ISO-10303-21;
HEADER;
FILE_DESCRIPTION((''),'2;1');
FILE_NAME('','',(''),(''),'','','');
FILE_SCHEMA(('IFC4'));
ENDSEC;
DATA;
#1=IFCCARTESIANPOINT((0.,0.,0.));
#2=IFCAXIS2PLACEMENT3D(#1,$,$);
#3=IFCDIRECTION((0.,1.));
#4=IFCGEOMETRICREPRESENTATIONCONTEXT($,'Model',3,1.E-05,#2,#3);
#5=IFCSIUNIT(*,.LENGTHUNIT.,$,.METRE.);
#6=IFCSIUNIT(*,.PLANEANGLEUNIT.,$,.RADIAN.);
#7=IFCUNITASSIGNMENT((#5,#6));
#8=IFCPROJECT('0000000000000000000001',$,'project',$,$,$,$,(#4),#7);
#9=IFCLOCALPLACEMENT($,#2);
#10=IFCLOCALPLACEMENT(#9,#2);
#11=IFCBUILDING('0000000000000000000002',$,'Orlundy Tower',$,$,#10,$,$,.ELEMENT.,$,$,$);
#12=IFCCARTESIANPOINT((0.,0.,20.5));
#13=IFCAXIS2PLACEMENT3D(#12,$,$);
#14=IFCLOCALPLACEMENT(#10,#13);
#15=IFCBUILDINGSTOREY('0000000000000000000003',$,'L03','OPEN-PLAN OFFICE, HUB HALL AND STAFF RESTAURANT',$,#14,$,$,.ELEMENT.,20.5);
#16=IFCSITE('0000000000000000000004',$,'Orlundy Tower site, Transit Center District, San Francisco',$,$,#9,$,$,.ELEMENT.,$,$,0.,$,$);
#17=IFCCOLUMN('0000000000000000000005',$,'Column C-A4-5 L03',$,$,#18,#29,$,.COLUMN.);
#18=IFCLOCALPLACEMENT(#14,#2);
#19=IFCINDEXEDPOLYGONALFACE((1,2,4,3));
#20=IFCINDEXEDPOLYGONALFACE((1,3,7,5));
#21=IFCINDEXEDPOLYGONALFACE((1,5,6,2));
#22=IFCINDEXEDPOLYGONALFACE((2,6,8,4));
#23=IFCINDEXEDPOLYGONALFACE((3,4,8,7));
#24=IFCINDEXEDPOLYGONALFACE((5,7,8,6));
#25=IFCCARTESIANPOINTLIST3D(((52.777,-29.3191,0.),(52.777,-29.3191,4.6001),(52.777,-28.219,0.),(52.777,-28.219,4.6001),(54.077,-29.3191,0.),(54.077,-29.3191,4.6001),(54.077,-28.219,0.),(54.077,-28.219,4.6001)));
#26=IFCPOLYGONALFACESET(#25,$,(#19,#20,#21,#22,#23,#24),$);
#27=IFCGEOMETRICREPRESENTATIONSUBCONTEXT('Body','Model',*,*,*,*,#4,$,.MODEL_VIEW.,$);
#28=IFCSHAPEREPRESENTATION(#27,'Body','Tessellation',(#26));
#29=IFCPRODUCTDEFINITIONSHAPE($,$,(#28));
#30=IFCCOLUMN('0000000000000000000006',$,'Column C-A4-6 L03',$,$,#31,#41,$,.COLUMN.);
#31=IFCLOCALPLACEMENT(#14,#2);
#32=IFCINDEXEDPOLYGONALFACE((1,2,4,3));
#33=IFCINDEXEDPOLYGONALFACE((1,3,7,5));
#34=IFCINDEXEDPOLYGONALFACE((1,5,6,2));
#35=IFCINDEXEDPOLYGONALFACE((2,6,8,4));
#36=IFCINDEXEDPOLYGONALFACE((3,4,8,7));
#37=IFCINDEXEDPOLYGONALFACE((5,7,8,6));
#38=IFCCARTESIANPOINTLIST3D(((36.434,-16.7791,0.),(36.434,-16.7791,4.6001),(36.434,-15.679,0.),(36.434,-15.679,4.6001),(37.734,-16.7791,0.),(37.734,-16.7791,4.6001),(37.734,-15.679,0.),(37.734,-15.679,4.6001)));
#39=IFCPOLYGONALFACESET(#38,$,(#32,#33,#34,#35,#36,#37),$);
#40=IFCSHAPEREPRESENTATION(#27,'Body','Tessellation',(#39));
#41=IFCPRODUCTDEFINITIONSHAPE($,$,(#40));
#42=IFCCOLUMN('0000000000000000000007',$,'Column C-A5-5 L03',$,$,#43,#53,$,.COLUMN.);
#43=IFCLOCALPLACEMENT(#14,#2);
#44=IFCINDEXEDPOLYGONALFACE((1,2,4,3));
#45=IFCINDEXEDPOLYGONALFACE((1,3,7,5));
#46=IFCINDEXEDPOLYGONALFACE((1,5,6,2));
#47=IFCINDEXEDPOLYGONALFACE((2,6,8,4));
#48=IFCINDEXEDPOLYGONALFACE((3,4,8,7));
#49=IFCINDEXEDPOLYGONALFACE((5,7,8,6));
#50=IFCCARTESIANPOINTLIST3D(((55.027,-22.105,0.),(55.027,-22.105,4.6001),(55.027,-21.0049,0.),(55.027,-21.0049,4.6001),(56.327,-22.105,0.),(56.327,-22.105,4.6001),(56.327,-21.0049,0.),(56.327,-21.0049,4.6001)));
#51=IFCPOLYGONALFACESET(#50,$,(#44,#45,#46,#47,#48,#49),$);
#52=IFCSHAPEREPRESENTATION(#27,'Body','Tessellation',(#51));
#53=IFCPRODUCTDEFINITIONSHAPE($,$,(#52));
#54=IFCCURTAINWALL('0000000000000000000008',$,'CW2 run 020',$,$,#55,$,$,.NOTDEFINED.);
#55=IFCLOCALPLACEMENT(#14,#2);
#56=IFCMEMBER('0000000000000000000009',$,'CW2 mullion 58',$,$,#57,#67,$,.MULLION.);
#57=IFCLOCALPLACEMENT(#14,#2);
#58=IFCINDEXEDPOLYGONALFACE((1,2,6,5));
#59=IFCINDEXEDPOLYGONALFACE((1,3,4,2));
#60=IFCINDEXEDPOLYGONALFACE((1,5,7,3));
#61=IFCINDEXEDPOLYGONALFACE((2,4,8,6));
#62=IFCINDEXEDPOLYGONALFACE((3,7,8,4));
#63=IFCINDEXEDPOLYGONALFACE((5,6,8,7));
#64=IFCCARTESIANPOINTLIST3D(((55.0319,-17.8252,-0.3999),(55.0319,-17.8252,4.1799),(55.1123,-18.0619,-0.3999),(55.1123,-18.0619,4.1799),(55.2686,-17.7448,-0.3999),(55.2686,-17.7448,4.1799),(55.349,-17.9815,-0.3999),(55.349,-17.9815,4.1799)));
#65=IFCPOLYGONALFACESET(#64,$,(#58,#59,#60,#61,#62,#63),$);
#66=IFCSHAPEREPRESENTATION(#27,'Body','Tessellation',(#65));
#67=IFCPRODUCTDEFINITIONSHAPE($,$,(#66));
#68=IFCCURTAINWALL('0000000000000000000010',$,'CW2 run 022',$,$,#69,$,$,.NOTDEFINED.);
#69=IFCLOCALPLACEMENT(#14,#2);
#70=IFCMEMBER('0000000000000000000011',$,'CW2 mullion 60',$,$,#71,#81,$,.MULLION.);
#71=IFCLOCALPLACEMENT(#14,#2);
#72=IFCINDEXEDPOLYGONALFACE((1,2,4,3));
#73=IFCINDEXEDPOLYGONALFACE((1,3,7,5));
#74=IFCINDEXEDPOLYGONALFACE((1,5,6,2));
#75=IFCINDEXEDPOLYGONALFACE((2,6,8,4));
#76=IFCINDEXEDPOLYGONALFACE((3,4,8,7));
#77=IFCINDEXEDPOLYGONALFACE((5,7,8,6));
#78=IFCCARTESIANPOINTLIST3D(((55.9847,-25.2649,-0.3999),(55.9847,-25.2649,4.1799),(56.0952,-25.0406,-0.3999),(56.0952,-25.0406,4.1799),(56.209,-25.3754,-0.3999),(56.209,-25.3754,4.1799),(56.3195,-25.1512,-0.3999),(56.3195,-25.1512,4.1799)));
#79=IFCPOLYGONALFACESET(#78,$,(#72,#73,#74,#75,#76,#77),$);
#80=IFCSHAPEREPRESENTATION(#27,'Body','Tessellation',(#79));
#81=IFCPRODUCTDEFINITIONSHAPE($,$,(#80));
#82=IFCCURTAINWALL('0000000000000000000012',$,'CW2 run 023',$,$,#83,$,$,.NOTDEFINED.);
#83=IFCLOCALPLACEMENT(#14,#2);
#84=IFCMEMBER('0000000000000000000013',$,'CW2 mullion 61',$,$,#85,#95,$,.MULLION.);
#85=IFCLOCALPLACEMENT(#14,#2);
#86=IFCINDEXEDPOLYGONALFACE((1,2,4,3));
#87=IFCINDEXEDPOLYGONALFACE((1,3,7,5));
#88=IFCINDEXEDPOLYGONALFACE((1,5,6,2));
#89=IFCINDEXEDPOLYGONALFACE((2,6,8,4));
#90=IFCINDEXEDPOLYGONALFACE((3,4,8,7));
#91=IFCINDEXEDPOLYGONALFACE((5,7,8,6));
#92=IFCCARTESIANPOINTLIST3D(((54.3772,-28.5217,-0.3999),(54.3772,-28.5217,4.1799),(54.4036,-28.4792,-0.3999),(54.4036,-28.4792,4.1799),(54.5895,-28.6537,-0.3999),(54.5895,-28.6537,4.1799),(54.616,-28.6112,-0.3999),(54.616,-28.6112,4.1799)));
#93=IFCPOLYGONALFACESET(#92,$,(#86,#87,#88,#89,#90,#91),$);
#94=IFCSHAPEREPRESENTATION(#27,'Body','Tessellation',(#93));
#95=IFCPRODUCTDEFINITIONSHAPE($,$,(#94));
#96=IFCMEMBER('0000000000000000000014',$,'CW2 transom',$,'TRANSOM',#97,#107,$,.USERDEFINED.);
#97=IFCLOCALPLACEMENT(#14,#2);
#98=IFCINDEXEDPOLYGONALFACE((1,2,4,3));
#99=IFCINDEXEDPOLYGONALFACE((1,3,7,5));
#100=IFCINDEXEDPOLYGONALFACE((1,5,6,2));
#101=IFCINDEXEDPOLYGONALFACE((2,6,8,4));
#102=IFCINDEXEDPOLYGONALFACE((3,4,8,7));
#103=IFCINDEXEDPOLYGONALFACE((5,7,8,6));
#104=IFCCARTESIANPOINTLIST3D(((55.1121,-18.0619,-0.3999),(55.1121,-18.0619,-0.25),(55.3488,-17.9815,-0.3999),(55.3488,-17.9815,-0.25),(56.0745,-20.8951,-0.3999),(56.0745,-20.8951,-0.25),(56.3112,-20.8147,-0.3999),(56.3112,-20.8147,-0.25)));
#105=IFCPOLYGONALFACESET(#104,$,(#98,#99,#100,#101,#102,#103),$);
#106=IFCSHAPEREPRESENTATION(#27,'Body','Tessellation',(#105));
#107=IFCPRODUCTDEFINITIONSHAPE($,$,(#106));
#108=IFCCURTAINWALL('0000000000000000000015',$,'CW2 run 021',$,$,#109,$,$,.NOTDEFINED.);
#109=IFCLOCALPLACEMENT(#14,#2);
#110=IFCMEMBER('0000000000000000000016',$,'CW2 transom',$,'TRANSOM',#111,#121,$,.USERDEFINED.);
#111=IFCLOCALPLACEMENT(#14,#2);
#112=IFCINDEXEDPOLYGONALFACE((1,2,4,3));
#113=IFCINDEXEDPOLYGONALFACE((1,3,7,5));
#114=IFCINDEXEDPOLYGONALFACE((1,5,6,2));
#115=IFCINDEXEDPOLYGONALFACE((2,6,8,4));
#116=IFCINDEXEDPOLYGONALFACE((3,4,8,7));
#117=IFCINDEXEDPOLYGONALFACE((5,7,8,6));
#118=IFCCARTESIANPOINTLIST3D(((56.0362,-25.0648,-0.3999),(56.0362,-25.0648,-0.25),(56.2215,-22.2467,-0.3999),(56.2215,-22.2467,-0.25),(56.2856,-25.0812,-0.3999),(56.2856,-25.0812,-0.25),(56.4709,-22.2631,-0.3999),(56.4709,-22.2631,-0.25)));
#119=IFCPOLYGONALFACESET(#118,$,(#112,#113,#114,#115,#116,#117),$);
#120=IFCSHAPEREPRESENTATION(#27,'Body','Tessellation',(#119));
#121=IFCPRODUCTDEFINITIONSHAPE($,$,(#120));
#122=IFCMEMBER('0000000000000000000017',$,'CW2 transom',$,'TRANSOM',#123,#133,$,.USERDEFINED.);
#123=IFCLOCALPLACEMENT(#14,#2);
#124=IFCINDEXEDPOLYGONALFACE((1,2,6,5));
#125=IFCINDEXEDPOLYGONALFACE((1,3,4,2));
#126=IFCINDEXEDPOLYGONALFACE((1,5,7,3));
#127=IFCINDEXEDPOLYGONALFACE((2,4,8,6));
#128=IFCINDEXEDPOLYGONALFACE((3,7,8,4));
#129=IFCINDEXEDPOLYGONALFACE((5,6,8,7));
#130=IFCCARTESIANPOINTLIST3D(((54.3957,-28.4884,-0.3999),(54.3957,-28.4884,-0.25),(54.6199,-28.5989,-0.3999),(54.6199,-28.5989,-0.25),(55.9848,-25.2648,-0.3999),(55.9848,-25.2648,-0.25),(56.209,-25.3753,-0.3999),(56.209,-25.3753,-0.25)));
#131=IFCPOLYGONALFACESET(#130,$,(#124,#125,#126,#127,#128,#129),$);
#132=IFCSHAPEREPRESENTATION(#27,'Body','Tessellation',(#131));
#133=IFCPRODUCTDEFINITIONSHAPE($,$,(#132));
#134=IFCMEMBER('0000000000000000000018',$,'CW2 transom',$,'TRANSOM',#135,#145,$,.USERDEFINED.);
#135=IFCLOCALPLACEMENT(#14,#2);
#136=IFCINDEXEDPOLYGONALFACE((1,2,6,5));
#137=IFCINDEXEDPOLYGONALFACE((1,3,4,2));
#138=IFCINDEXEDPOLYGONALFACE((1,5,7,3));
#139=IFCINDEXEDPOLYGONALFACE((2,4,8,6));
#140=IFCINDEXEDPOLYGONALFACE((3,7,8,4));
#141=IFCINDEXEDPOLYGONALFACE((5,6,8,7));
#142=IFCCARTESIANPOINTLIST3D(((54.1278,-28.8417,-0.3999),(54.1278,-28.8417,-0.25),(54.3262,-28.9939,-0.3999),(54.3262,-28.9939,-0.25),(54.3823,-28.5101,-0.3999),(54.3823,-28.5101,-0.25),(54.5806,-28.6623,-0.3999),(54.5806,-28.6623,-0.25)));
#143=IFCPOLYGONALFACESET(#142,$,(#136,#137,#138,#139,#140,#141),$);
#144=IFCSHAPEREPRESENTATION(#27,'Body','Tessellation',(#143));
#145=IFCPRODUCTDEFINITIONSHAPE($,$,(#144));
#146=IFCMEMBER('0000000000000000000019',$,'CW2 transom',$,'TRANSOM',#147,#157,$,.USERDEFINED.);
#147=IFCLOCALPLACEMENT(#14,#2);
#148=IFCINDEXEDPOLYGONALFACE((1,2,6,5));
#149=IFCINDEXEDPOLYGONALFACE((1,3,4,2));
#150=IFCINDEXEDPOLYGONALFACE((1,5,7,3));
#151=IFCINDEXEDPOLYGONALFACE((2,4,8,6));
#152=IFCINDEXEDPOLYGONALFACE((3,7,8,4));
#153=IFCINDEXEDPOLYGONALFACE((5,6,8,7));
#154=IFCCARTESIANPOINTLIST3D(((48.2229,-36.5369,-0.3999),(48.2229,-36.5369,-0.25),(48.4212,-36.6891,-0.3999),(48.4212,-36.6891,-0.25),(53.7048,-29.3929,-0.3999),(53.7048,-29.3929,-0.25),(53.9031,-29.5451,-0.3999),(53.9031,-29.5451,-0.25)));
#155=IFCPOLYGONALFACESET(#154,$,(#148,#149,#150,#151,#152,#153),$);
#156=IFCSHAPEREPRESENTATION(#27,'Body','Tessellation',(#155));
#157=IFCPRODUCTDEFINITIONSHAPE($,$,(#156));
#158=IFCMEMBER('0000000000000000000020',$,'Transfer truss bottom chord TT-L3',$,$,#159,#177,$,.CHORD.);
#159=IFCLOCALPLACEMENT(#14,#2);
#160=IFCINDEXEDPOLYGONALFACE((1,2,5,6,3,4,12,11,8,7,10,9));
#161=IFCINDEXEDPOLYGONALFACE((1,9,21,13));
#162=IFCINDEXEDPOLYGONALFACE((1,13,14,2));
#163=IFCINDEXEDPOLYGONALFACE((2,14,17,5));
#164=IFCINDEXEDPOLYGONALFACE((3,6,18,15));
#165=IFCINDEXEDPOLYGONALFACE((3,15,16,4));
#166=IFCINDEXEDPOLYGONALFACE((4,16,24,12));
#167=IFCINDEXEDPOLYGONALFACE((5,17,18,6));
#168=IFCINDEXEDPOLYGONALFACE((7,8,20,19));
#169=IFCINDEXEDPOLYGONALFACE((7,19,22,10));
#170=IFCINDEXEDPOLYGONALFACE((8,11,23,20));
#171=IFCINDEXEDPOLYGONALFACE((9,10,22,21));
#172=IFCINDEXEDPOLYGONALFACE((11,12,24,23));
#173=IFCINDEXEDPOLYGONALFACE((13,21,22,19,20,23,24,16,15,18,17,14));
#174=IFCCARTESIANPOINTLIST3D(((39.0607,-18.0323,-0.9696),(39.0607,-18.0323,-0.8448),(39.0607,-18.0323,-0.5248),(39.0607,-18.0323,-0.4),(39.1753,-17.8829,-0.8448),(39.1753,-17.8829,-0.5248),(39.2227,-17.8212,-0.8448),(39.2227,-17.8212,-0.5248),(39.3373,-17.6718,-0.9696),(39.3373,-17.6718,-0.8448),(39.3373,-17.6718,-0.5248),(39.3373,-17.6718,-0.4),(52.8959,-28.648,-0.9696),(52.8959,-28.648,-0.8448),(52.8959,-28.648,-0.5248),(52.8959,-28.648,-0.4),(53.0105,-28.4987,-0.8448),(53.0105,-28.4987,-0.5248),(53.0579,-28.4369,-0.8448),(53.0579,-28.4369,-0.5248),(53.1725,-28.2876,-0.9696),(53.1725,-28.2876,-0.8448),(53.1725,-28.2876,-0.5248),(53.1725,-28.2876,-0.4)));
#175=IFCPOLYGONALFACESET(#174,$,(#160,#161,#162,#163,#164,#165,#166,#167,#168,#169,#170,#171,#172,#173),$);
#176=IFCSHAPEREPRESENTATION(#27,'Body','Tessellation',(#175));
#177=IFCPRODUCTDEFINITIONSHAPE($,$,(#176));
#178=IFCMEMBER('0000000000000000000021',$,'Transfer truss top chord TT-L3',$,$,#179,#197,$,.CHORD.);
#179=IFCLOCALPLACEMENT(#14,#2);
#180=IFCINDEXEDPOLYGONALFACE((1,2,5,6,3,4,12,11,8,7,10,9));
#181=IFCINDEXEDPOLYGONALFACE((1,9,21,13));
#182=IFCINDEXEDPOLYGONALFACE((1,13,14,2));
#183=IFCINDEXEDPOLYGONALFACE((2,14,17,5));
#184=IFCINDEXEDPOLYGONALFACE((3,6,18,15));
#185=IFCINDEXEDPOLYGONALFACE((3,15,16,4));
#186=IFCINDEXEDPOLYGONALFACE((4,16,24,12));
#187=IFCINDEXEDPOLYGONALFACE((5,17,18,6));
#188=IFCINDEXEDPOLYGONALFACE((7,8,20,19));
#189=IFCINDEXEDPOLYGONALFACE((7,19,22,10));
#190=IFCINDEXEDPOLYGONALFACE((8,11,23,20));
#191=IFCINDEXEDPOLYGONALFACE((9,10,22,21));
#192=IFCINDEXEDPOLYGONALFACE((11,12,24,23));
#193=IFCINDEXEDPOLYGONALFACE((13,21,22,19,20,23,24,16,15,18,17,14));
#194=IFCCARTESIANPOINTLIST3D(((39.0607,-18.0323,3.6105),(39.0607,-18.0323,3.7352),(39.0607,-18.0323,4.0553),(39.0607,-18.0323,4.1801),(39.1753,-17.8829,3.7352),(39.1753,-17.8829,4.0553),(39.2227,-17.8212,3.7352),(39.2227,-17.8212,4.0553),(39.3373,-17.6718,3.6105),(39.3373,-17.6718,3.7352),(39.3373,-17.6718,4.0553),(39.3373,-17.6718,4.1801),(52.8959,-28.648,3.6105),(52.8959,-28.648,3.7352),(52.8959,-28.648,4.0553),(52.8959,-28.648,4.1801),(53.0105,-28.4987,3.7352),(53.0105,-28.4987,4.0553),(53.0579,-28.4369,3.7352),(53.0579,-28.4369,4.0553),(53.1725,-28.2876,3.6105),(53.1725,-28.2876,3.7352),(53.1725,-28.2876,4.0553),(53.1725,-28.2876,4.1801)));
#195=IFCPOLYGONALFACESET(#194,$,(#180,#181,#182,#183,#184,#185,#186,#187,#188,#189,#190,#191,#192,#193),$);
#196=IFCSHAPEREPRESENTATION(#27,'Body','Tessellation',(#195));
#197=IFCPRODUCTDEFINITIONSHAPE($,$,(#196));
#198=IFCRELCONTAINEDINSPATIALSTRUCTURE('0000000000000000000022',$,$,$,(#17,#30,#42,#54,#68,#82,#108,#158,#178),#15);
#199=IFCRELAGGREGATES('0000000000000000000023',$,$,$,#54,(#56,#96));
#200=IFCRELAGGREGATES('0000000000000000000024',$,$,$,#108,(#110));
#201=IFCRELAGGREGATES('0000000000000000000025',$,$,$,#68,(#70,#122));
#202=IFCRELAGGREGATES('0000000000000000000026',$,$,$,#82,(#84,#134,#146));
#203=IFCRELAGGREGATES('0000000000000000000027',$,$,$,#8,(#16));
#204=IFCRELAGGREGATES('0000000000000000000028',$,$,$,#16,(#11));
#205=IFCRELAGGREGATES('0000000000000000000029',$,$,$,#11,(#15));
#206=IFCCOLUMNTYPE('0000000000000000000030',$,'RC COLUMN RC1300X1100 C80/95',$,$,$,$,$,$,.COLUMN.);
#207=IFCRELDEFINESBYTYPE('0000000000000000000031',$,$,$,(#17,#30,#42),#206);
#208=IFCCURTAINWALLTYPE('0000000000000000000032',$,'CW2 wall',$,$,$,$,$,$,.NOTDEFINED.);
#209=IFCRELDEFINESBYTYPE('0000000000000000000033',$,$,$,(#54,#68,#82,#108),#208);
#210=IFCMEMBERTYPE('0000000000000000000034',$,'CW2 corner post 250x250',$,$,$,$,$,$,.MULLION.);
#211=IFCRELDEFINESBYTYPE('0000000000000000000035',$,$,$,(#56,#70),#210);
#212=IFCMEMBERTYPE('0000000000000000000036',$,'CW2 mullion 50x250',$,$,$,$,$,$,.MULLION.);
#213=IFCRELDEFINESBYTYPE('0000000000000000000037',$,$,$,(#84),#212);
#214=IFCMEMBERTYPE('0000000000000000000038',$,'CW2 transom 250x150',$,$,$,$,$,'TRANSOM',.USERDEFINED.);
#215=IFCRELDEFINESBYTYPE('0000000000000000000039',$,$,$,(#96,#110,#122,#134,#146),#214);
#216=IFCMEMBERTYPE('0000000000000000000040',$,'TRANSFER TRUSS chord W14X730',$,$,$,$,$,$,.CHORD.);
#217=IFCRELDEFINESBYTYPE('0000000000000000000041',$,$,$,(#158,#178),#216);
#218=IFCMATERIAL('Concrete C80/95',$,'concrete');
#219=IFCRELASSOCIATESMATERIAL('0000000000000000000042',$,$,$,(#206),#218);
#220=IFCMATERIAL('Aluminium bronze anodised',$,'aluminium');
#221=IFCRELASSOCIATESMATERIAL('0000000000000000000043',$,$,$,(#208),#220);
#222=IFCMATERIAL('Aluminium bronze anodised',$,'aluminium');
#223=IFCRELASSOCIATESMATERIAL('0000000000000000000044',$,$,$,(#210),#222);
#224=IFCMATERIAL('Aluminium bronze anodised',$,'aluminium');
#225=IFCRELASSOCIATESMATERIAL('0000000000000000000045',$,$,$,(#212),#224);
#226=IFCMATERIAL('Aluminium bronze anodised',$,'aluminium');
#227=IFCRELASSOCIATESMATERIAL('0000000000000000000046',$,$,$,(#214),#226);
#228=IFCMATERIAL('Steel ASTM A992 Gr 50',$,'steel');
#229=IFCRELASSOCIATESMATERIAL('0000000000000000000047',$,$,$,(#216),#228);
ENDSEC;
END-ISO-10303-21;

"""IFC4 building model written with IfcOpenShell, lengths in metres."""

from ifc_helpers import new_model, si_unit, direction, frame, origin, origin_2d, place, context, subcontext, project, spatial, rectangle, i_section, extrude, material, material_profile, profile_set, type_object, element, aggregate, save


model = new_model("IFC4")

# Units and contexts
model_context = context("Model", 3, precision=1e-05, world=origin(), true_north=direction((0.0, 1.0)))
body_context = subcontext(model_context, "Body", "Model", "MODEL_VIEW")
ifc_project = project(units=[si_unit("LENGTHUNIT", "METRE"), si_unit("PLANEANGLEUNIT", "RADIAN")], contexts=[model_context])

# Site, building, storey
site_placement = place(None, origin())
site = spatial("IfcSite", under=ifc_project, at=site_placement, Name="Orlundy Tower site, Transit Center District, San Francisco", CompositionType="ELEMENT", RefElevation=0.0)
building_placement = place(site_placement, origin())
building = spatial("IfcBuilding", under=site, at=building_placement, Name="Orlundy Tower", CompositionType="ELEMENT")
storey_placement = place(building_placement, frame((0.0, 0.0, 20.5)))
storey = spatial("IfcBuildingStorey", under=building, at=storey_placement, Name="L03", Description="OPEN-PLAN OFFICE, HUB HALL AND STAFF RESTAURANT", CompositionType="ELEMENT", Elevation=20.5)

# Columns
ifc_material_1 = material(Name="Concrete C80/95", Category="concrete")
ifc_material_profile_1 = material_profile(ifc_material_1, rectangle(XDim=1.3, YDim=1.1001, at=origin_2d()), Name="RC1300X1100")
ifc_profile_set_1 = profile_set([ifc_material_profile_1], Name="Concrete C80/95")
column_type = type_object("IfcColumnType", Name="RC COLUMN RC1300X1100 C80/95", PredefinedType="COLUMN", material=ifc_profile_set_1)
for number, where, z_axis, x_axis, name in (
    (1, (53.427, -28.769, 0.0), (0.0, 0.0, 1.0), (1.0, 0.0, 0.0), "Column C-A4-5 L03"),
    (2, (37.084, -16.229, 0.0), (0.0, 0.0, 1.0), (1.0, 0.0, 0.0), "Column C-A4-6 L03"),
    (3, (55.677, -21.5549, 0.0), (0.0, 0.0, 1.0), (1.0, 0.0, 0.0), "Column C-A5-5 L03"),
):
    element("IfcColumn", number, at=place(storey_placement, frame(where, z_axis=z_axis, x_axis=x_axis)), inside=storey, type_object=column_type, Name=name, PredefinedType="COLUMN", context=body_context, shape_type="SweptSolid", body=[
        extrude(rectangle(XDim=1.3, YDim=1.1001, at=origin_2d()), origin(), (0.0, 0.0, 1.0), 4.6001),
    ])

# Curtain walls, members
ifc_material_2 = material(Name="Aluminium bronze anodised", Category="aluminium")
curtain_wall_type = type_object("IfcCurtainWallType", Name="CW2 wall", PredefinedType="NOTDEFINED", material=ifc_material_2)
curtain_wall_1_placement = place(storey_placement, origin())
curtain_wall_1 = element("IfcCurtainWall", 4, at=curtain_wall_1_placement, inside=storey, type_object=curtain_wall_type, Name="CW2 run 020", PredefinedType="NOTDEFINED")
ifc_material_3 = material(Name="Aluminium bronze anodised", Category="aluminium")
ifc_material_profile_2 = material_profile(ifc_material_3, rectangle(XDim=0.25, YDim=0.25, at=origin_2d()), Name="CW2 corner post 250x250")
ifc_profile_set_2 = profile_set([ifc_material_profile_2], Name="Aluminium bronze anodised")
member_type_1 = type_object("IfcMemberType", Name="CW2 corner post 250x250", PredefinedType="MULLION", material=ifc_profile_set_2)
member_1_placement = place(storey_placement, frame((55.1904, -17.9033, -0.3999), z_axis=(0.0, 0.0, 1.0), x_axis=(0.946888, 0.321564, 0.0)))
member_1 = element("IfcMember", 5, at=member_1_placement, type_object=member_type_1, Name="CW2 mullion 58", PredefinedType="MULLION", context=body_context, shape_type="SweptSolid", body=[
    extrude(rectangle(XDim=0.25, YDim=0.25, at=origin_2d()), origin(), (0.0, 0.0, 1.0), 4.5798),
])
curtain_wall_2_placement = place(storey_placement, origin())
curtain_wall_2 = element("IfcCurtainWall", 6, at=curtain_wall_2_placement, inside=storey, type_object=curtain_wall_type, Name="CW2 run 022", PredefinedType="NOTDEFINED")
member_2_placement = place(storey_placement, frame((56.1521, -25.208, -0.3999), z_axis=(0.0, 0.0, 1.0), x_axis=(0.896949, -0.442135, 0.0)))
member_2 = element("IfcMember", 7, at=member_2_placement, type_object=member_type_1, Name="CW2 mullion 60", PredefinedType="MULLION", context=body_context, shape_type="SweptSolid", body=[
    extrude(rectangle(XDim=0.25, YDim=0.25, at=origin_2d()), origin(), (0.0, 0.0, 1.0), 4.5798),
])
curtain_wall_3_placement = place(storey_placement, origin())
curtain_wall_3 = element("IfcCurtainWall", 8, at=curtain_wall_3_placement, inside=storey, type_object=curtain_wall_type, Name="CW2 run 023", PredefinedType="NOTDEFINED")
ifc_material_4 = material(Name="Aluminium bronze anodised", Category="aluminium")
ifc_material_profile_3 = material_profile(ifc_material_4, rectangle(XDim=0.25, YDim=0.05, at=origin_2d()), Name="CW2 mullion 50x250")
ifc_profile_set_3 = profile_set([ifc_material_profile_3], Name="Aluminium bronze anodised")
member_type_2 = type_object("IfcMemberType", Name="CW2 mullion 50x250", PredefinedType="MULLION", material=ifc_profile_set_3)
member_3_placement = place(storey_placement, frame((54.4966, -28.5664, -0.3999), z_axis=(0.0, 0.0, 1.0), x_axis=(0.849244, -0.528, 0.0)))
member_3 = element("IfcMember", 9, at=member_3_placement, type_object=member_type_2, Name="CW2 mullion 61", PredefinedType="MULLION", context=body_context, shape_type="SweptSolid", body=[
    extrude(rectangle(XDim=0.25, YDim=0.05, at=origin_2d()), origin(), (0.0, 0.0, 1.0), 4.5798),
])

# Member
ifc_material_5 = material(Name="Aluminium bronze anodised", Category="aluminium")
ifc_material_profile_4 = material_profile(ifc_material_5, rectangle(XDim=0.25, YDim=0.1499, at=origin_2d()), Name="CW2 transom 250x150")
ifc_profile_set_4 = profile_set([ifc_material_profile_4], Name="Aluminium bronze anodised")
member_type_3 = type_object("IfcMemberType", Name="CW2 transom 250x150", ElementType="TRANSOM", PredefinedType="USERDEFINED", material=ifc_profile_set_4)
member_4_placement = place(storey_placement, frame((55.2305, -18.0217, -0.325), z_axis=(0.321632, -0.946865, 0.0), x_axis=(0.946865, 0.321632, 0.0)))
member_4 = element("IfcMember", 10, at=member_4_placement, type_object=member_type_3, Name="CW2 transom", ObjectType="TRANSOM", PredefinedType="USERDEFINED", context=body_context, shape_type="SweptSolid", body=[
    extrude(rectangle(XDim=0.25, YDim=0.1499, at=origin_2d()), origin(), (0.0, 0.0, 1.0), 2.9922),
])

# Curtain wall, member
curtain_wall_4_placement = place(storey_placement, origin())
curtain_wall_4 = element("IfcCurtainWall", 11, at=curtain_wall_4_placement, inside=storey, type_object=curtain_wall_type, Name="CW2 run 021", PredefinedType="NOTDEFINED")
member_5_placement = place(storey_placement, frame((56.3462, -22.2549, -0.325), z_axis=(-0.065612, -0.997845, 0.0), x_axis=(0.997845, -0.065612, 0.0)))
member_5 = element("IfcMember", 12, at=member_5_placement, type_object=member_type_3, Name="CW2 transom", ObjectType="TRANSOM", PredefinedType="USERDEFINED", context=body_context, shape_type="SweptSolid", body=[
    extrude(rectangle(XDim=0.25, YDim=0.1499, at=origin_2d()), origin(), (0.0, 0.0, 1.0), 2.8242),
])

# Members
member_6_placement = place(storey_placement, frame((56.0969, -25.3201, -0.325), z_axis=(-0.442153, -0.89694, 0.0), x_axis=(0.89694, -0.442153, 0.0)))
member_6 = element("IfcMember", 13, at=member_6_placement, type_object=member_type_3, Name="CW2 transom", ObjectType="TRANSOM", PredefinedType="USERDEFINED", context=body_context, shape_type="SweptSolid", body=[
    extrude(rectangle(XDim=0.25, YDim=0.1499, at=origin_2d()), origin(), (0.0, 0.0, 1.0), 3.594),
])
member_7_placement = place(storey_placement, frame((54.4814, -28.5862, -0.325), z_axis=(-0.60875, -0.793362, 0.0), x_axis=(0.793362, -0.60875, 0.0)))
member_7 = element("IfcMember", 14, at=member_7_placement, type_object=member_type_3, Name="CW2 transom", ObjectType="TRANSOM", PredefinedType="USERDEFINED", context=body_context, shape_type="SweptSolid", body=[
    extrude(rectangle(XDim=0.25, YDim=0.1499, at=origin_2d()), origin(), (0.0, 0.0, 1.0), 0.418),
])
member_8_placement = place(storey_placement, frame((53.804, -29.469, -0.325), z_axis=(-0.60877, -0.793347, 0.0), x_axis=(0.793347, -0.60877, 0.0)))
member_8 = element("IfcMember", 15, at=member_8_placement, type_object=member_type_3, Name="CW2 transom", ObjectType="TRANSOM", PredefinedType="USERDEFINED", context=body_context, shape_type="SweptSolid", body=[
    extrude(rectangle(XDim=0.25, YDim=0.1499, at=origin_2d()), origin(), (0.0, 0.0, 1.0), 9.0049),
])

# Members
ifc_material_6 = material(Name="Steel ASTM A992 Gr 50", Category="steel")
ifc_material_profile_5 = material_profile(ifc_material_6, i_section(OverallWidth=0.4543, OverallDepth=0.5696, WebThickness=0.0779, FlangeThickness=0.1248, at=origin_2d()), Name="W14X730")
ifc_profile_set_5 = profile_set([ifc_material_profile_5], Name="Steel ASTM A992 Gr 50")
member_type_4 = type_object("IfcMemberType", Name="TRANSFER TRUSS chord W14X730", PredefinedType="CHORD", material=ifc_profile_set_5)
for number, where, z_axis, x_axis, name in (
    (16, (39.199, -17.8521, -0.6848), (0.793365, -0.608747, 0.0), (0.608747, 0.793365, 0.0), "Transfer truss bottom chord TT-L3"),
    (17, (39.199, -17.8521, 3.8953), (0.793365, -0.608747, 0.0), (0.608747, 0.793365, 0.0), "Transfer truss top chord TT-L3"),
):
    element("IfcMember", number, at=place(storey_placement, frame(where, z_axis=z_axis, x_axis=x_axis)), inside=storey, type_object=member_type_4, Name=name, PredefinedType="CHORD", context=body_context, shape_type="SweptSolid", body=[
        extrude(i_section(OverallWidth=0.4543, OverallDepth=0.5696, WebThickness=0.0779, FlangeThickness=0.1248, at=origin_2d()), origin(), (0.0, 0.0, 1.0), 17.4387),
    ])

aggregate(curtain_wall_1, [member_1, member_4])
aggregate(curtain_wall_4, [member_5])
aggregate(curtain_wall_2, [member_2, member_6])
aggregate(curtain_wall_3, [member_3, member_7, member_8])

save(model, "model.ifc")
